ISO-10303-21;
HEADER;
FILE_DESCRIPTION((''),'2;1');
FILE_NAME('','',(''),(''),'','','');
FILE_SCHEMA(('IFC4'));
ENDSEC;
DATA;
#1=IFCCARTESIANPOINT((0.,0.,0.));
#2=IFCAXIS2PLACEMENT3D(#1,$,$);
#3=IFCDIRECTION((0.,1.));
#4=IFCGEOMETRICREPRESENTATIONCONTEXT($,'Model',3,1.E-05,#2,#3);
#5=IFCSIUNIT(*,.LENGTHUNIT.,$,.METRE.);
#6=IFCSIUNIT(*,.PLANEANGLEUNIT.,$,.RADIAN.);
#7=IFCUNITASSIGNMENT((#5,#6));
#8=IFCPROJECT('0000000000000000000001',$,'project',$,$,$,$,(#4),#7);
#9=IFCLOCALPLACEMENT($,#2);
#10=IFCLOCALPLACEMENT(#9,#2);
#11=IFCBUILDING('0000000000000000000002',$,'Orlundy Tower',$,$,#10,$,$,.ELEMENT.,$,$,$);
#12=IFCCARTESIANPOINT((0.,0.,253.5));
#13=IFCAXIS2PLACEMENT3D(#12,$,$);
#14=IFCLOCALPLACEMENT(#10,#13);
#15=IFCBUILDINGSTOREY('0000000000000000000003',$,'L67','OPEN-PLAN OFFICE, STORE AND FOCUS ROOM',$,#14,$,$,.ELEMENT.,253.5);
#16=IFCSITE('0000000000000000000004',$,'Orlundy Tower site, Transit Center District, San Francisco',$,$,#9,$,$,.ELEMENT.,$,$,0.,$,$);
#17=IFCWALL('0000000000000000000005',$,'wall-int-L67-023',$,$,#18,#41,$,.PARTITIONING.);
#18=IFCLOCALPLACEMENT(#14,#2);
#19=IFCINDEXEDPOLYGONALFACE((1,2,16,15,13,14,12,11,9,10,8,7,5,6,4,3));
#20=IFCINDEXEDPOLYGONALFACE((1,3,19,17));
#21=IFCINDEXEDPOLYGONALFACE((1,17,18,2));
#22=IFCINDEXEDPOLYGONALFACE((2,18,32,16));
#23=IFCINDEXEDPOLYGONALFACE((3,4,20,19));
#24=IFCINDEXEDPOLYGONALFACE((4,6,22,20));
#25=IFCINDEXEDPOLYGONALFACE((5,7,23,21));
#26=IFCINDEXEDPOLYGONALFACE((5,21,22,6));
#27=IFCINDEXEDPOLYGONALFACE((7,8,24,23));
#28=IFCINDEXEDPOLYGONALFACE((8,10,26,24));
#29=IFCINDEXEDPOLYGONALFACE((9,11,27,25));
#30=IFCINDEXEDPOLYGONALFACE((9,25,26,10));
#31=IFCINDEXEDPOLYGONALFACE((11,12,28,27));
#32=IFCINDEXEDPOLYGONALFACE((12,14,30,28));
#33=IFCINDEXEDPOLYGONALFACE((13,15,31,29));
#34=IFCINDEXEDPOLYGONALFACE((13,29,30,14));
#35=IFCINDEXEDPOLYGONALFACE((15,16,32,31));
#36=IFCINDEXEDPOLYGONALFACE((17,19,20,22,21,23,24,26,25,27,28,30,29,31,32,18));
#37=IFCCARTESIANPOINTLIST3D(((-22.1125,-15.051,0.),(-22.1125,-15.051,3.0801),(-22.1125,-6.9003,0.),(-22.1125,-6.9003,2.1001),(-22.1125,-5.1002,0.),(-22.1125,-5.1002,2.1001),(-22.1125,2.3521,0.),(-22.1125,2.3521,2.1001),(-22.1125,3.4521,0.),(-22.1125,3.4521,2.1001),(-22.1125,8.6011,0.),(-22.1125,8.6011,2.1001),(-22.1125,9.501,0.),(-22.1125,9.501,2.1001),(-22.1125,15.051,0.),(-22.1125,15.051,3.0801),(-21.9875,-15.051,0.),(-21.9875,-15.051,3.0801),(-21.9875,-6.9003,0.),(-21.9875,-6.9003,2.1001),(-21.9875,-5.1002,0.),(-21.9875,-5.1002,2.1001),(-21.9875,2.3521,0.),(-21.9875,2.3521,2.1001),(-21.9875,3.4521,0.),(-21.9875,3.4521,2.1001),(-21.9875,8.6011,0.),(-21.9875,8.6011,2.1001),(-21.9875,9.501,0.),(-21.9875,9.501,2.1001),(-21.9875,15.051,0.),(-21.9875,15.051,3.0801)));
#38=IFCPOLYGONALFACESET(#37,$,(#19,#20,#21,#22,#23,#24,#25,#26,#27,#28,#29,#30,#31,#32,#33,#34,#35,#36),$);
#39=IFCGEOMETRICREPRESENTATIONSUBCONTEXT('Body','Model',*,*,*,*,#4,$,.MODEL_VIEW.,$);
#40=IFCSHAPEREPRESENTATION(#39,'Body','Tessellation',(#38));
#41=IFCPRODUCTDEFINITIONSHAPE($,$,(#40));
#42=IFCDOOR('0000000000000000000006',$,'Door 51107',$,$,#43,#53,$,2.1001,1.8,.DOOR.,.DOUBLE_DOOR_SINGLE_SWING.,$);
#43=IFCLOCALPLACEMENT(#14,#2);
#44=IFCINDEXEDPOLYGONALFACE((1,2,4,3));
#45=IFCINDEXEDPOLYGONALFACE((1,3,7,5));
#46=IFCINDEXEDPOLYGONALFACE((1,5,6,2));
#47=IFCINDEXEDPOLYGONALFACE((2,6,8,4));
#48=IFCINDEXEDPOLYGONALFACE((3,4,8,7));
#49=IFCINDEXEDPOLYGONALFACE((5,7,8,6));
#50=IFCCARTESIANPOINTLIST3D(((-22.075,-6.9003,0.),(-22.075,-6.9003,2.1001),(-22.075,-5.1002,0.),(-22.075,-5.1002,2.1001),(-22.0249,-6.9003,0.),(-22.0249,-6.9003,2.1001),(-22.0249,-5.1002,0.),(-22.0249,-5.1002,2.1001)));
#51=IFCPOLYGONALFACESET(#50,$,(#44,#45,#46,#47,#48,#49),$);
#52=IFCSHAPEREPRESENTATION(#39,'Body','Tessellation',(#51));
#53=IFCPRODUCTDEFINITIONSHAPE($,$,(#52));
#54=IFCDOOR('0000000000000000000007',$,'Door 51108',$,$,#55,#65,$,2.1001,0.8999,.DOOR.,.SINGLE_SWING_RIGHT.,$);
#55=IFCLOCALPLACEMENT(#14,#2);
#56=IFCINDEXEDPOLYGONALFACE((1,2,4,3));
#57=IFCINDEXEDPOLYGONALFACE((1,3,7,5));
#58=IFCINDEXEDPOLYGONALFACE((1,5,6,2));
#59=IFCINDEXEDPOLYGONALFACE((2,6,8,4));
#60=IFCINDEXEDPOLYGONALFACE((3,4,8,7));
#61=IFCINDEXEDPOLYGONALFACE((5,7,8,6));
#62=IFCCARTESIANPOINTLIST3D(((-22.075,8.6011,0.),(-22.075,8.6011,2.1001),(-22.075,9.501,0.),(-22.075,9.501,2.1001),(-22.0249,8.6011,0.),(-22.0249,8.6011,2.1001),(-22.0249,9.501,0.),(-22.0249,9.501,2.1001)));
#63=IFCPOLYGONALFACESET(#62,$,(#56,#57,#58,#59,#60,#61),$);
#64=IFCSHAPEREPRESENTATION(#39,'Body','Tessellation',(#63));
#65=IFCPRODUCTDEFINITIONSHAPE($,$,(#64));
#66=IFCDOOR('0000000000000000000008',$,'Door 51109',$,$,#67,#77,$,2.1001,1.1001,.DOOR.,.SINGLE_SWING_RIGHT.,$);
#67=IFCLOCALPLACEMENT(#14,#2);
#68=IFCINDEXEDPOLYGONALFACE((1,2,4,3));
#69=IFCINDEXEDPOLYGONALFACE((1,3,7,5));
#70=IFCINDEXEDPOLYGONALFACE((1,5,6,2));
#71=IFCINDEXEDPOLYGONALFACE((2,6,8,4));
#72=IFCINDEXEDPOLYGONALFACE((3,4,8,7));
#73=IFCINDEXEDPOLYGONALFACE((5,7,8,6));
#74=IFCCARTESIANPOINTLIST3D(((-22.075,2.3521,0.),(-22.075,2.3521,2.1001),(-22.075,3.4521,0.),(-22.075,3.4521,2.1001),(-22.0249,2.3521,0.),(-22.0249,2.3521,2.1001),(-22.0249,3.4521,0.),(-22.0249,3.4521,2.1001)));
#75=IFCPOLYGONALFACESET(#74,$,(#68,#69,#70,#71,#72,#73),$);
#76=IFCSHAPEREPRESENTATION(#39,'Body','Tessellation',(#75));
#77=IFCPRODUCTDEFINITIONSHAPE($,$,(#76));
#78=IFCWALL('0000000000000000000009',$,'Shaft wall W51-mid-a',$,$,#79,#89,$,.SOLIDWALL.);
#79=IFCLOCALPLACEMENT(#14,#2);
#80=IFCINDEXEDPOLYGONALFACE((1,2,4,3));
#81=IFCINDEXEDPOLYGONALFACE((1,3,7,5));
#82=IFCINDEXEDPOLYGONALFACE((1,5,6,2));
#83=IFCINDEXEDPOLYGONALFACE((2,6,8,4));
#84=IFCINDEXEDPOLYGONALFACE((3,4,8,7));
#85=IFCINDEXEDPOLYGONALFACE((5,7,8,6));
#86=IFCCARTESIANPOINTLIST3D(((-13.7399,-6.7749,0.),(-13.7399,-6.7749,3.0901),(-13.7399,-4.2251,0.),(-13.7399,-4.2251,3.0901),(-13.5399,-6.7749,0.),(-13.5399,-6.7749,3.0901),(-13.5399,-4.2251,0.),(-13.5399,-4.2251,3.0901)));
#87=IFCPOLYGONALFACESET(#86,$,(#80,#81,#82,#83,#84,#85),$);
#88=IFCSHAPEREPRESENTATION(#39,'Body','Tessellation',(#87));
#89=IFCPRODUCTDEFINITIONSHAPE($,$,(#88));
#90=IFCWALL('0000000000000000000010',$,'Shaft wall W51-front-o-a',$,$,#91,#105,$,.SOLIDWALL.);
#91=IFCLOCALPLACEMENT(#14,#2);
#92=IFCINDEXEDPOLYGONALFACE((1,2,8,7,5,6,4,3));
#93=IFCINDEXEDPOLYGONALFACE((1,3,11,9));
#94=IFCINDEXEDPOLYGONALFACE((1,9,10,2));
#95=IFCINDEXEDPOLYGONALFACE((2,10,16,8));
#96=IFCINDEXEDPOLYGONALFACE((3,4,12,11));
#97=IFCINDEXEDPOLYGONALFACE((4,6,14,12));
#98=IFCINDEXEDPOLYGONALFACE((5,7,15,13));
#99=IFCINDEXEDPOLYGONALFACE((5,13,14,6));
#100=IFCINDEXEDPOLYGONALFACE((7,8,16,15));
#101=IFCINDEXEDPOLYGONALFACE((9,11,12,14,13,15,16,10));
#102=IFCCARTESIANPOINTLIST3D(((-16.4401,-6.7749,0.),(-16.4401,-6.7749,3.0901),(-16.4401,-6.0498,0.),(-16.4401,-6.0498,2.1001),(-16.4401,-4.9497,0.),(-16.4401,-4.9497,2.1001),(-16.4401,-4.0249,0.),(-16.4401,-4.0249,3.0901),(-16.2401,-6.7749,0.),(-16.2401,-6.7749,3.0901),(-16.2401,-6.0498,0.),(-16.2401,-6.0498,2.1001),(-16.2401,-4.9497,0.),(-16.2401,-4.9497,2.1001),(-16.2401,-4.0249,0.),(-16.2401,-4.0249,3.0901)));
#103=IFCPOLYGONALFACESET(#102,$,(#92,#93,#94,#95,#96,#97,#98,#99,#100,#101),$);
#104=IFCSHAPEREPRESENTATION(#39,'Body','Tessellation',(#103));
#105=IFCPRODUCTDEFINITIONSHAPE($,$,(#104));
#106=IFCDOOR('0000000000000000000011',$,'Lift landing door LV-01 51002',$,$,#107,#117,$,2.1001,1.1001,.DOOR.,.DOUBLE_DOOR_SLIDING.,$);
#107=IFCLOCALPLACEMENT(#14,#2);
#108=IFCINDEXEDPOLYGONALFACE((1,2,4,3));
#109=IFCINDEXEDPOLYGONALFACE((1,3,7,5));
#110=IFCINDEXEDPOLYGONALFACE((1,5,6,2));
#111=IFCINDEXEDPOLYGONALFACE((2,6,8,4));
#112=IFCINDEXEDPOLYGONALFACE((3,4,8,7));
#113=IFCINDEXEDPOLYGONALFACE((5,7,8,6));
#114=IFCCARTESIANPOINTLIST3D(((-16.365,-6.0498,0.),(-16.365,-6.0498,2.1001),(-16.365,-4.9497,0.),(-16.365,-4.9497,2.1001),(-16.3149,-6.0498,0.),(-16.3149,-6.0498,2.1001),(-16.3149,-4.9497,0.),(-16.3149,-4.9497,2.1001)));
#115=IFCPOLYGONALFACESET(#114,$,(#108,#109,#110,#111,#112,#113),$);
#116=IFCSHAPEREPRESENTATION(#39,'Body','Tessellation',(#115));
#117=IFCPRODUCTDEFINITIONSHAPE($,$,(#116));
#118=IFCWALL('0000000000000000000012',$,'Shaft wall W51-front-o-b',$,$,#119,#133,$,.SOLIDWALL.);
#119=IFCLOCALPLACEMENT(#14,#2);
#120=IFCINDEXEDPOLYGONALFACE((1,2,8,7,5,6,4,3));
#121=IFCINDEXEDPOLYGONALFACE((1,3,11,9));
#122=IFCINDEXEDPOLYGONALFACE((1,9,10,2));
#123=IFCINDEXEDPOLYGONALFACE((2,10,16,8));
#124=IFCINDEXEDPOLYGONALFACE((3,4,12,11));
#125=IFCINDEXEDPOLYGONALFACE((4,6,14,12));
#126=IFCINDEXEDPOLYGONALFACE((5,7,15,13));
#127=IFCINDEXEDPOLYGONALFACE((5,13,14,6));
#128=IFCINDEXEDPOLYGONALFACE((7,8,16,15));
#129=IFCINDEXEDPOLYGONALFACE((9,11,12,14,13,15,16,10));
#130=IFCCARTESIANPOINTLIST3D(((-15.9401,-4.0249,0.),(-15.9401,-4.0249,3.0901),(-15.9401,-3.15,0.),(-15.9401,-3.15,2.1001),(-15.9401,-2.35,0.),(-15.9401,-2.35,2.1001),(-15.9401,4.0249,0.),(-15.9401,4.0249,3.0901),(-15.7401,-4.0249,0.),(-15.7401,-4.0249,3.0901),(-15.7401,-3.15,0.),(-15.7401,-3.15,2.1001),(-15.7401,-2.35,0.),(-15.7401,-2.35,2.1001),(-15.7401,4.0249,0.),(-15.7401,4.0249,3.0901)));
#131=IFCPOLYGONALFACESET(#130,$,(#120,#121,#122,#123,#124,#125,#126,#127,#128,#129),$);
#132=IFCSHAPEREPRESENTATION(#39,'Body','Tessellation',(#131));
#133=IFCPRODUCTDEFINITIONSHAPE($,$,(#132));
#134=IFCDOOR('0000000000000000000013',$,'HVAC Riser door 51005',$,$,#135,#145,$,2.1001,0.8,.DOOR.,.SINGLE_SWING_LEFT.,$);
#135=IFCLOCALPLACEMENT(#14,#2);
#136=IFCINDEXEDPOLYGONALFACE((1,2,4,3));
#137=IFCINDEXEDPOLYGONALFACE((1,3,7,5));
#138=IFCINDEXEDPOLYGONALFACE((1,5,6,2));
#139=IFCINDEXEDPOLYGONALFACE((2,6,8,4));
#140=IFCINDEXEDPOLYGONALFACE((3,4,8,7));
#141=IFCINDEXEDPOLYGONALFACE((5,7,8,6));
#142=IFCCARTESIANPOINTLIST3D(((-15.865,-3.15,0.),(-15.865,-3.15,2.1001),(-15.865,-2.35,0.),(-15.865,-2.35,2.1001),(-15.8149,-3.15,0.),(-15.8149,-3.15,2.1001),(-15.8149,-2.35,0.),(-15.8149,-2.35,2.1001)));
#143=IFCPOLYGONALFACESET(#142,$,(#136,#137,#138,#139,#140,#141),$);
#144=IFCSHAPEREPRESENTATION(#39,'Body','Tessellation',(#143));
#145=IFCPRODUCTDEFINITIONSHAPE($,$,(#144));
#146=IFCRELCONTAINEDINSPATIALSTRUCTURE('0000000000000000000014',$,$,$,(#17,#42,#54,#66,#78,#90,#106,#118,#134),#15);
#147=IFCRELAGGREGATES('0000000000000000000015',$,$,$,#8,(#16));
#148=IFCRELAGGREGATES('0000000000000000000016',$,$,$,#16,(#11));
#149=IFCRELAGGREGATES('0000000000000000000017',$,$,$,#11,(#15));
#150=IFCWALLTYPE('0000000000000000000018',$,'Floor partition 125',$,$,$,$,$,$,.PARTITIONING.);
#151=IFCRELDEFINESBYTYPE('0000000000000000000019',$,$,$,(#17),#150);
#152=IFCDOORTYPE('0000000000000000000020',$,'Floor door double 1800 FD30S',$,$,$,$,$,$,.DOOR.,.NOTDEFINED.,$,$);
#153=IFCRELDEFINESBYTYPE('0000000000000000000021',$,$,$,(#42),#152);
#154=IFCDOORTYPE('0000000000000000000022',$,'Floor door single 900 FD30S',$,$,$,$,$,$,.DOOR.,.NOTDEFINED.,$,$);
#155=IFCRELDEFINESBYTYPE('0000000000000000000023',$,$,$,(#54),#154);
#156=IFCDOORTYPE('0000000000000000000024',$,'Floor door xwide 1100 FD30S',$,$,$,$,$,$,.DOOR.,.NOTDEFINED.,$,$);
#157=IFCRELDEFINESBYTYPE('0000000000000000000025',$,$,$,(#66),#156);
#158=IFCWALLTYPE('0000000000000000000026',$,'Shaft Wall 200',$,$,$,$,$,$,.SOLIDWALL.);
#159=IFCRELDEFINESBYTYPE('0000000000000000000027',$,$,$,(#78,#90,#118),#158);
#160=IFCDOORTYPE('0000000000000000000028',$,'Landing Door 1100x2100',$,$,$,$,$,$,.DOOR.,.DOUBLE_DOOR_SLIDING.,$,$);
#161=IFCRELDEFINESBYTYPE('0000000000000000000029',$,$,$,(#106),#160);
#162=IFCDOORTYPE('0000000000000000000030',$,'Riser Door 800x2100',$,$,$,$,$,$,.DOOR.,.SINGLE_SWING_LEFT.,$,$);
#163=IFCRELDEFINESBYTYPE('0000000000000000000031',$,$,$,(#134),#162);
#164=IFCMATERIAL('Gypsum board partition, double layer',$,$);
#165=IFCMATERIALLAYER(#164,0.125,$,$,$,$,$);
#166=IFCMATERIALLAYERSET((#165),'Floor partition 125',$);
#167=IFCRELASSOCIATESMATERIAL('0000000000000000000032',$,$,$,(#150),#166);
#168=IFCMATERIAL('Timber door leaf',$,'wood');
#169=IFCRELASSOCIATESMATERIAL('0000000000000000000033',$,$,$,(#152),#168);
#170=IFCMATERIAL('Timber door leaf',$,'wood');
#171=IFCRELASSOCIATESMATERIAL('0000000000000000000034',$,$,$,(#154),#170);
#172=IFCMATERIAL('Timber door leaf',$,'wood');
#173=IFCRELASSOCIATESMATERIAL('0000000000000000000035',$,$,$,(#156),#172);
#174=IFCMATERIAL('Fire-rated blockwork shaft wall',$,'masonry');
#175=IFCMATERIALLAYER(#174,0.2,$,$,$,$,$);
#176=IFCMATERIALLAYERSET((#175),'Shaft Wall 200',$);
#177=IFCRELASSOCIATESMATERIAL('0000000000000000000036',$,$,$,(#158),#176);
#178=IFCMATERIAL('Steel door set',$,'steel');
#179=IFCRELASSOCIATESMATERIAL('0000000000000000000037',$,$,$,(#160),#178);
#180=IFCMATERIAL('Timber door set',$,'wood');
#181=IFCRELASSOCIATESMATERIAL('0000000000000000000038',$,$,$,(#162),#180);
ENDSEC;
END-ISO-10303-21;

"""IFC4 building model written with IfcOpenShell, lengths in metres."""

from ifc_helpers import new_model, si_unit, direction, frame, frame_2d, origin, place, context, subcontext, project, spatial, rectangle, extrude, material, layer, layer_set, type_object, element, fill, save


model = new_model("IFC4")

# Units and contexts
model_context = context("Model", 3, precision=1e-05, world=origin(), true_north=direction((0.0, 1.0)))
body_context = subcontext(model_context, "Body", "Model", "MODEL_VIEW")
ifc_project = project(units=[si_unit("LENGTHUNIT", "METRE"), si_unit("PLANEANGLEUNIT", "RADIAN")], contexts=[model_context])

# Site, building, storey
site_placement = place(None, origin())
site = spatial("IfcSite", under=ifc_project, at=site_placement, Name="Orlundy Tower site, Transit Center District, San Francisco", CompositionType="ELEMENT", RefElevation=0.0)
building_placement = place(site_placement, origin())
building = spatial("IfcBuilding", under=site, at=building_placement, Name="Orlundy Tower", CompositionType="ELEMENT")
storey_placement = place(building_placement, frame((0.0, 0.0, 253.5)))
storey = spatial("IfcBuildingStorey", under=building, at=storey_placement, Name="L67", Description="OPEN-PLAN OFFICE, STORE AND FOCUS ROOM", CompositionType="ELEMENT", Elevation=253.5)

# Wall, openings, doors
ifc_material_1 = material(Name="Gypsum board partition, double layer")
ifc_layer_1 = layer(ifc_material_1, 0.125)
ifc_layer_set_1 = layer_set([ifc_layer_1], Name="Floor partition 125")
wall_type_1 = type_object("IfcWallType", Name="Floor partition 125", PredefinedType="PARTITIONING", material=ifc_layer_set_1)
wall_1_placement = place(storey_placement, frame((-22.05, -15.051, 0.0), z_axis=(0.0, 0.0, 1.0), x_axis=(0.0, 1.0, 0.0)))
wall_1 = element("IfcWall", 1, at=wall_1_placement, inside=storey, type_object=wall_type_1, Name="wall-int-L67-023", PredefinedType="PARTITIONING", context=body_context, shape_type="SweptSolid", body=[
    extrude(rectangle(XDim=30.1021, YDim=0.125, at=frame_2d((15.051, 0.0))), origin(), (0.0, 0.0, 1.0), 3.0801),
])
opening_1_placement = place(wall_1_placement, frame((8.1509, 0.0, 0.0)))
opening_1 = element("IfcOpeningElement", 2, at=opening_1_placement, cuts=wall_1, PredefinedType="OPENING", context=body_context, shape_type="SweptSolid", body=[
    extrude(rectangle(XDim=1.8, YDim=2.1001, at=frame_2d((0.8999, 1.05))), frame((0.0, 0.0725, 0.0), z_axis=(0.0, -1.0, 0.0), x_axis=(1.0, 0.0, 0.0)), (0.0, 0.0, 1.0), 0.145),
])
opening_2_placement = place(wall_1_placement, frame((23.6521, 0.0, 0.0)))
opening_2 = element("IfcOpeningElement", 3, at=opening_2_placement, cuts=wall_1, PredefinedType="OPENING", context=body_context, shape_type="SweptSolid", body=[
    extrude(rectangle(XDim=0.8999, YDim=2.1001, at=frame_2d((0.45, 1.05))), frame((0.0, 0.0725, 0.0), z_axis=(0.0, -1.0, 0.0), x_axis=(1.0, 0.0, 0.0)), (0.0, 0.0, 1.0), 0.145),
])
opening_3_placement = place(wall_1_placement, frame((17.4031, 0.0, 0.0)))
opening_3 = element("IfcOpeningElement", 4, at=opening_3_placement, cuts=wall_1, PredefinedType="OPENING", context=body_context, shape_type="SweptSolid", body=[
    extrude(rectangle(XDim=1.1001, YDim=2.1001, at=frame_2d((0.55, 1.05))), frame((0.0, 0.0725, 0.0), z_axis=(0.0, -1.0, 0.0), x_axis=(1.0, 0.0, 0.0)), (0.0, 0.0, 1.0), 0.145),
])
ifc_material_2 = material(Name="Timber door leaf", Category="wood")
door_type_1 = type_object("IfcDoorType", Name="Floor door double 1800 FD30S", OperationType="NOTDEFINED", PredefinedType="DOOR", material=ifc_material_2)
door_1_placement = place(opening_1_placement, origin())
door_1 = element("IfcDoor", 5, at=door_1_placement, inside=storey, type_object=door_type_1, Name="Door 51107", OperationType="DOUBLE_DOOR_SINGLE_SWING", OverallHeight=2.1001, OverallWidth=1.8, PredefinedType="DOOR", context=body_context, shape_type="SweptSolid", body=[
    extrude(rectangle(XDim=1.8, YDim=2.1001, at=frame_2d((0.8999, 1.05))), frame((0.0, 0.0249, 0.0), z_axis=(0.0, -1.0, 0.0), x_axis=(1.0, 0.0, 0.0)), (0.0, 0.0, 1.0), 0.05),
])
fill(opening_1, door_1)
ifc_material_3 = material(Name="Timber door leaf", Category="wood")
door_type_2 = type_object("IfcDoorType", Name="Floor door single 900 FD30S", OperationType="NOTDEFINED", PredefinedType="DOOR", material=ifc_material_3)
door_2_placement = place(opening_2_placement, origin())
door_2 = element("IfcDoor", 6, at=door_2_placement, inside=storey, type_object=door_type_2, Name="Door 51108", OperationType="SINGLE_SWING_RIGHT", OverallHeight=2.1001, OverallWidth=0.8999, PredefinedType="DOOR", context=body_context, shape_type="SweptSolid", body=[
    extrude(rectangle(XDim=0.8999, YDim=2.1001, at=frame_2d((0.45, 1.05))), frame((0.0, 0.0249, 0.0), z_axis=(0.0, -1.0, 0.0), x_axis=(1.0, 0.0, 0.0)), (0.0, 0.0, 1.0), 0.05),
])
fill(opening_2, door_2)
ifc_material_4 = material(Name="Timber door leaf", Category="wood")
door_type_3 = type_object("IfcDoorType", Name="Floor door xwide 1100 FD30S", OperationType="NOTDEFINED", PredefinedType="DOOR", material=ifc_material_4)
door_3_placement = place(opening_3_placement, origin())
door_3 = element("IfcDoor", 7, at=door_3_placement, inside=storey, type_object=door_type_3, Name="Door 51109", OperationType="SINGLE_SWING_RIGHT", OverallHeight=2.1001, OverallWidth=1.1001, PredefinedType="DOOR", context=body_context, shape_type="SweptSolid", body=[
    extrude(rectangle(XDim=1.1001, YDim=2.1001, at=frame_2d((0.55, 1.05))), frame((0.0, 0.0249, 0.0), z_axis=(0.0, -1.0, 0.0), x_axis=(1.0, 0.0, 0.0)), (0.0, 0.0, 1.0), 0.05),
])
fill(opening_3, door_3)

# Wall
ifc_material_5 = material(Name="Fire-rated blockwork shaft wall", Category="masonry")
ifc_layer_2 = layer(ifc_material_5, 0.2)
ifc_layer_set_2 = layer_set([ifc_layer_2], Name="Shaft Wall 200")
wall_type_2 = type_object("IfcWallType", Name="Shaft Wall 200", PredefinedType="SOLIDWALL", material=ifc_layer_set_2)
wall_2_placement = place(storey_placement, frame((-13.6399, -6.7749, 0.0), z_axis=(0.0, 0.0, 1.0), x_axis=(0.0, 1.0, 0.0)))
element("IfcWall", 8, at=wall_2_placement, inside=storey, type_object=wall_type_2, Name="Shaft wall W51-mid-a", PredefinedType="SOLIDWALL", context=body_context, shape_type="SweptSolid", body=[
    extrude(rectangle(XDim=2.5498, YDim=0.2, at=frame_2d((1.2749, 0.0))), origin(), (0.0, 0.0, 1.0), 3.0901),
])

# Walls, openings, doors
wall_3_placement = place(storey_placement, frame((-16.3401, -6.7749, 0.0), z_axis=(0.0, 0.0, 1.0), x_axis=(0.0, 1.0, 0.0)))
wall_3 = element("IfcWall", 9, at=wall_3_placement, inside=storey, type_object=wall_type_2, Name="Shaft wall W51-front-o-a", PredefinedType="SOLIDWALL", context=body_context, shape_type="SweptSolid", body=[
    extrude(rectangle(XDim=2.75, YDim=0.2, at=frame_2d((1.375, 0.0))), origin(), (0.0, 0.0, 1.0), 3.0901),
])
opening_4_placement = place(wall_3_placement, frame((0.7251, 0.0, 0.0)))
opening_4 = element("IfcOpeningElement", 10, at=opening_4_placement, cuts=wall_3, PredefinedType="OPENING", context=body_context, shape_type="SweptSolid", body=[
    extrude(rectangle(XDim=1.1001, YDim=2.1001, at=frame_2d((0.55, 1.05))), frame((0.0, 0.1101, 0.0), z_axis=(0.0, -1.0, 0.0), x_axis=(1.0, 0.0, 0.0)), (0.0, 0.0, 1.0), 0.2202),
])
ifc_material_6 = material(Name="Steel door set", Category="steel")
door_type_4 = type_object("IfcDoorType", Name="Landing Door 1100x2100", OperationType="DOUBLE_DOOR_SLIDING", PredefinedType="DOOR", material=ifc_material_6)
door_4_placement = place(opening_4_placement, origin())
door_4 = element("IfcDoor", 11, at=door_4_placement, inside=storey, type_object=door_type_4, Name="Lift landing door LV-01 51002", OperationType="DOUBLE_DOOR_SLIDING", OverallHeight=2.1001, OverallWidth=1.1001, PredefinedType="DOOR", context=body_context, shape_type="SweptSolid", body=[
    extrude(rectangle(XDim=1.1001, YDim=2.1001, at=frame_2d((0.55, 1.05))), frame((0.0, 0.0249, 0.0), z_axis=(0.0, -1.0, 0.0), x_axis=(1.0, 0.0, 0.0)), (0.0, 0.0, 1.0), 0.05),
])
fill(opening_4, door_4)
wall_4_placement = place(storey_placement, frame((-15.8401, -4.0249, 0.0), z_axis=(0.0, 0.0, 1.0), x_axis=(0.0, 1.0, 0.0)))
wall_4 = element("IfcWall", 12, at=wall_4_placement, inside=storey, type_object=wall_type_2, Name="Shaft wall W51-front-o-b", PredefinedType="SOLIDWALL", context=body_context, shape_type="SweptSolid", body=[
    extrude(rectangle(XDim=8.0498, YDim=0.2, at=frame_2d((4.0249, 0.0))), origin(), (0.0, 0.0, 1.0), 3.0901),
])
opening_5_placement = place(wall_4_placement, frame((0.875, 0.0, 0.0)))
opening_5 = element("IfcOpeningElement", 13, at=opening_5_placement, cuts=wall_4, PredefinedType="OPENING", context=body_context, shape_type="SweptSolid", body=[
    extrude(rectangle(XDim=0.8, YDim=2.1001, at=frame_2d((0.3999, 1.05))), frame((0.0, 0.1101, 0.0), z_axis=(0.0, -1.0, 0.0), x_axis=(1.0, 0.0, 0.0)), (0.0, 0.0, 1.0), 0.2202),
])
ifc_material_7 = material(Name="Timber door set", Category="wood")
door_type_5 = type_object("IfcDoorType", Name="Riser Door 800x2100", OperationType="SINGLE_SWING_LEFT", PredefinedType="DOOR", material=ifc_material_7)
door_5_placement = place(opening_5_placement, origin())
door_5 = element("IfcDoor", 14, at=door_5_placement, inside=storey, type_object=door_type_5, Name="HVAC Riser door 51005", OperationType="SINGLE_SWING_LEFT", OverallHeight=2.1001, OverallWidth=0.8, PredefinedType="DOOR", context=body_context, shape_type="SweptSolid", body=[
    extrude(rectangle(XDim=0.8, YDim=2.1001, at=frame_2d((0.3999, 1.05))), frame((0.0, 0.0249, 0.0), z_axis=(0.0, -1.0, 0.0), x_axis=(1.0, 0.0, 0.0)), (0.0, 0.0, 1.0), 0.05),
])
fill(opening_5, door_5)

save(model, "model.ifc")
